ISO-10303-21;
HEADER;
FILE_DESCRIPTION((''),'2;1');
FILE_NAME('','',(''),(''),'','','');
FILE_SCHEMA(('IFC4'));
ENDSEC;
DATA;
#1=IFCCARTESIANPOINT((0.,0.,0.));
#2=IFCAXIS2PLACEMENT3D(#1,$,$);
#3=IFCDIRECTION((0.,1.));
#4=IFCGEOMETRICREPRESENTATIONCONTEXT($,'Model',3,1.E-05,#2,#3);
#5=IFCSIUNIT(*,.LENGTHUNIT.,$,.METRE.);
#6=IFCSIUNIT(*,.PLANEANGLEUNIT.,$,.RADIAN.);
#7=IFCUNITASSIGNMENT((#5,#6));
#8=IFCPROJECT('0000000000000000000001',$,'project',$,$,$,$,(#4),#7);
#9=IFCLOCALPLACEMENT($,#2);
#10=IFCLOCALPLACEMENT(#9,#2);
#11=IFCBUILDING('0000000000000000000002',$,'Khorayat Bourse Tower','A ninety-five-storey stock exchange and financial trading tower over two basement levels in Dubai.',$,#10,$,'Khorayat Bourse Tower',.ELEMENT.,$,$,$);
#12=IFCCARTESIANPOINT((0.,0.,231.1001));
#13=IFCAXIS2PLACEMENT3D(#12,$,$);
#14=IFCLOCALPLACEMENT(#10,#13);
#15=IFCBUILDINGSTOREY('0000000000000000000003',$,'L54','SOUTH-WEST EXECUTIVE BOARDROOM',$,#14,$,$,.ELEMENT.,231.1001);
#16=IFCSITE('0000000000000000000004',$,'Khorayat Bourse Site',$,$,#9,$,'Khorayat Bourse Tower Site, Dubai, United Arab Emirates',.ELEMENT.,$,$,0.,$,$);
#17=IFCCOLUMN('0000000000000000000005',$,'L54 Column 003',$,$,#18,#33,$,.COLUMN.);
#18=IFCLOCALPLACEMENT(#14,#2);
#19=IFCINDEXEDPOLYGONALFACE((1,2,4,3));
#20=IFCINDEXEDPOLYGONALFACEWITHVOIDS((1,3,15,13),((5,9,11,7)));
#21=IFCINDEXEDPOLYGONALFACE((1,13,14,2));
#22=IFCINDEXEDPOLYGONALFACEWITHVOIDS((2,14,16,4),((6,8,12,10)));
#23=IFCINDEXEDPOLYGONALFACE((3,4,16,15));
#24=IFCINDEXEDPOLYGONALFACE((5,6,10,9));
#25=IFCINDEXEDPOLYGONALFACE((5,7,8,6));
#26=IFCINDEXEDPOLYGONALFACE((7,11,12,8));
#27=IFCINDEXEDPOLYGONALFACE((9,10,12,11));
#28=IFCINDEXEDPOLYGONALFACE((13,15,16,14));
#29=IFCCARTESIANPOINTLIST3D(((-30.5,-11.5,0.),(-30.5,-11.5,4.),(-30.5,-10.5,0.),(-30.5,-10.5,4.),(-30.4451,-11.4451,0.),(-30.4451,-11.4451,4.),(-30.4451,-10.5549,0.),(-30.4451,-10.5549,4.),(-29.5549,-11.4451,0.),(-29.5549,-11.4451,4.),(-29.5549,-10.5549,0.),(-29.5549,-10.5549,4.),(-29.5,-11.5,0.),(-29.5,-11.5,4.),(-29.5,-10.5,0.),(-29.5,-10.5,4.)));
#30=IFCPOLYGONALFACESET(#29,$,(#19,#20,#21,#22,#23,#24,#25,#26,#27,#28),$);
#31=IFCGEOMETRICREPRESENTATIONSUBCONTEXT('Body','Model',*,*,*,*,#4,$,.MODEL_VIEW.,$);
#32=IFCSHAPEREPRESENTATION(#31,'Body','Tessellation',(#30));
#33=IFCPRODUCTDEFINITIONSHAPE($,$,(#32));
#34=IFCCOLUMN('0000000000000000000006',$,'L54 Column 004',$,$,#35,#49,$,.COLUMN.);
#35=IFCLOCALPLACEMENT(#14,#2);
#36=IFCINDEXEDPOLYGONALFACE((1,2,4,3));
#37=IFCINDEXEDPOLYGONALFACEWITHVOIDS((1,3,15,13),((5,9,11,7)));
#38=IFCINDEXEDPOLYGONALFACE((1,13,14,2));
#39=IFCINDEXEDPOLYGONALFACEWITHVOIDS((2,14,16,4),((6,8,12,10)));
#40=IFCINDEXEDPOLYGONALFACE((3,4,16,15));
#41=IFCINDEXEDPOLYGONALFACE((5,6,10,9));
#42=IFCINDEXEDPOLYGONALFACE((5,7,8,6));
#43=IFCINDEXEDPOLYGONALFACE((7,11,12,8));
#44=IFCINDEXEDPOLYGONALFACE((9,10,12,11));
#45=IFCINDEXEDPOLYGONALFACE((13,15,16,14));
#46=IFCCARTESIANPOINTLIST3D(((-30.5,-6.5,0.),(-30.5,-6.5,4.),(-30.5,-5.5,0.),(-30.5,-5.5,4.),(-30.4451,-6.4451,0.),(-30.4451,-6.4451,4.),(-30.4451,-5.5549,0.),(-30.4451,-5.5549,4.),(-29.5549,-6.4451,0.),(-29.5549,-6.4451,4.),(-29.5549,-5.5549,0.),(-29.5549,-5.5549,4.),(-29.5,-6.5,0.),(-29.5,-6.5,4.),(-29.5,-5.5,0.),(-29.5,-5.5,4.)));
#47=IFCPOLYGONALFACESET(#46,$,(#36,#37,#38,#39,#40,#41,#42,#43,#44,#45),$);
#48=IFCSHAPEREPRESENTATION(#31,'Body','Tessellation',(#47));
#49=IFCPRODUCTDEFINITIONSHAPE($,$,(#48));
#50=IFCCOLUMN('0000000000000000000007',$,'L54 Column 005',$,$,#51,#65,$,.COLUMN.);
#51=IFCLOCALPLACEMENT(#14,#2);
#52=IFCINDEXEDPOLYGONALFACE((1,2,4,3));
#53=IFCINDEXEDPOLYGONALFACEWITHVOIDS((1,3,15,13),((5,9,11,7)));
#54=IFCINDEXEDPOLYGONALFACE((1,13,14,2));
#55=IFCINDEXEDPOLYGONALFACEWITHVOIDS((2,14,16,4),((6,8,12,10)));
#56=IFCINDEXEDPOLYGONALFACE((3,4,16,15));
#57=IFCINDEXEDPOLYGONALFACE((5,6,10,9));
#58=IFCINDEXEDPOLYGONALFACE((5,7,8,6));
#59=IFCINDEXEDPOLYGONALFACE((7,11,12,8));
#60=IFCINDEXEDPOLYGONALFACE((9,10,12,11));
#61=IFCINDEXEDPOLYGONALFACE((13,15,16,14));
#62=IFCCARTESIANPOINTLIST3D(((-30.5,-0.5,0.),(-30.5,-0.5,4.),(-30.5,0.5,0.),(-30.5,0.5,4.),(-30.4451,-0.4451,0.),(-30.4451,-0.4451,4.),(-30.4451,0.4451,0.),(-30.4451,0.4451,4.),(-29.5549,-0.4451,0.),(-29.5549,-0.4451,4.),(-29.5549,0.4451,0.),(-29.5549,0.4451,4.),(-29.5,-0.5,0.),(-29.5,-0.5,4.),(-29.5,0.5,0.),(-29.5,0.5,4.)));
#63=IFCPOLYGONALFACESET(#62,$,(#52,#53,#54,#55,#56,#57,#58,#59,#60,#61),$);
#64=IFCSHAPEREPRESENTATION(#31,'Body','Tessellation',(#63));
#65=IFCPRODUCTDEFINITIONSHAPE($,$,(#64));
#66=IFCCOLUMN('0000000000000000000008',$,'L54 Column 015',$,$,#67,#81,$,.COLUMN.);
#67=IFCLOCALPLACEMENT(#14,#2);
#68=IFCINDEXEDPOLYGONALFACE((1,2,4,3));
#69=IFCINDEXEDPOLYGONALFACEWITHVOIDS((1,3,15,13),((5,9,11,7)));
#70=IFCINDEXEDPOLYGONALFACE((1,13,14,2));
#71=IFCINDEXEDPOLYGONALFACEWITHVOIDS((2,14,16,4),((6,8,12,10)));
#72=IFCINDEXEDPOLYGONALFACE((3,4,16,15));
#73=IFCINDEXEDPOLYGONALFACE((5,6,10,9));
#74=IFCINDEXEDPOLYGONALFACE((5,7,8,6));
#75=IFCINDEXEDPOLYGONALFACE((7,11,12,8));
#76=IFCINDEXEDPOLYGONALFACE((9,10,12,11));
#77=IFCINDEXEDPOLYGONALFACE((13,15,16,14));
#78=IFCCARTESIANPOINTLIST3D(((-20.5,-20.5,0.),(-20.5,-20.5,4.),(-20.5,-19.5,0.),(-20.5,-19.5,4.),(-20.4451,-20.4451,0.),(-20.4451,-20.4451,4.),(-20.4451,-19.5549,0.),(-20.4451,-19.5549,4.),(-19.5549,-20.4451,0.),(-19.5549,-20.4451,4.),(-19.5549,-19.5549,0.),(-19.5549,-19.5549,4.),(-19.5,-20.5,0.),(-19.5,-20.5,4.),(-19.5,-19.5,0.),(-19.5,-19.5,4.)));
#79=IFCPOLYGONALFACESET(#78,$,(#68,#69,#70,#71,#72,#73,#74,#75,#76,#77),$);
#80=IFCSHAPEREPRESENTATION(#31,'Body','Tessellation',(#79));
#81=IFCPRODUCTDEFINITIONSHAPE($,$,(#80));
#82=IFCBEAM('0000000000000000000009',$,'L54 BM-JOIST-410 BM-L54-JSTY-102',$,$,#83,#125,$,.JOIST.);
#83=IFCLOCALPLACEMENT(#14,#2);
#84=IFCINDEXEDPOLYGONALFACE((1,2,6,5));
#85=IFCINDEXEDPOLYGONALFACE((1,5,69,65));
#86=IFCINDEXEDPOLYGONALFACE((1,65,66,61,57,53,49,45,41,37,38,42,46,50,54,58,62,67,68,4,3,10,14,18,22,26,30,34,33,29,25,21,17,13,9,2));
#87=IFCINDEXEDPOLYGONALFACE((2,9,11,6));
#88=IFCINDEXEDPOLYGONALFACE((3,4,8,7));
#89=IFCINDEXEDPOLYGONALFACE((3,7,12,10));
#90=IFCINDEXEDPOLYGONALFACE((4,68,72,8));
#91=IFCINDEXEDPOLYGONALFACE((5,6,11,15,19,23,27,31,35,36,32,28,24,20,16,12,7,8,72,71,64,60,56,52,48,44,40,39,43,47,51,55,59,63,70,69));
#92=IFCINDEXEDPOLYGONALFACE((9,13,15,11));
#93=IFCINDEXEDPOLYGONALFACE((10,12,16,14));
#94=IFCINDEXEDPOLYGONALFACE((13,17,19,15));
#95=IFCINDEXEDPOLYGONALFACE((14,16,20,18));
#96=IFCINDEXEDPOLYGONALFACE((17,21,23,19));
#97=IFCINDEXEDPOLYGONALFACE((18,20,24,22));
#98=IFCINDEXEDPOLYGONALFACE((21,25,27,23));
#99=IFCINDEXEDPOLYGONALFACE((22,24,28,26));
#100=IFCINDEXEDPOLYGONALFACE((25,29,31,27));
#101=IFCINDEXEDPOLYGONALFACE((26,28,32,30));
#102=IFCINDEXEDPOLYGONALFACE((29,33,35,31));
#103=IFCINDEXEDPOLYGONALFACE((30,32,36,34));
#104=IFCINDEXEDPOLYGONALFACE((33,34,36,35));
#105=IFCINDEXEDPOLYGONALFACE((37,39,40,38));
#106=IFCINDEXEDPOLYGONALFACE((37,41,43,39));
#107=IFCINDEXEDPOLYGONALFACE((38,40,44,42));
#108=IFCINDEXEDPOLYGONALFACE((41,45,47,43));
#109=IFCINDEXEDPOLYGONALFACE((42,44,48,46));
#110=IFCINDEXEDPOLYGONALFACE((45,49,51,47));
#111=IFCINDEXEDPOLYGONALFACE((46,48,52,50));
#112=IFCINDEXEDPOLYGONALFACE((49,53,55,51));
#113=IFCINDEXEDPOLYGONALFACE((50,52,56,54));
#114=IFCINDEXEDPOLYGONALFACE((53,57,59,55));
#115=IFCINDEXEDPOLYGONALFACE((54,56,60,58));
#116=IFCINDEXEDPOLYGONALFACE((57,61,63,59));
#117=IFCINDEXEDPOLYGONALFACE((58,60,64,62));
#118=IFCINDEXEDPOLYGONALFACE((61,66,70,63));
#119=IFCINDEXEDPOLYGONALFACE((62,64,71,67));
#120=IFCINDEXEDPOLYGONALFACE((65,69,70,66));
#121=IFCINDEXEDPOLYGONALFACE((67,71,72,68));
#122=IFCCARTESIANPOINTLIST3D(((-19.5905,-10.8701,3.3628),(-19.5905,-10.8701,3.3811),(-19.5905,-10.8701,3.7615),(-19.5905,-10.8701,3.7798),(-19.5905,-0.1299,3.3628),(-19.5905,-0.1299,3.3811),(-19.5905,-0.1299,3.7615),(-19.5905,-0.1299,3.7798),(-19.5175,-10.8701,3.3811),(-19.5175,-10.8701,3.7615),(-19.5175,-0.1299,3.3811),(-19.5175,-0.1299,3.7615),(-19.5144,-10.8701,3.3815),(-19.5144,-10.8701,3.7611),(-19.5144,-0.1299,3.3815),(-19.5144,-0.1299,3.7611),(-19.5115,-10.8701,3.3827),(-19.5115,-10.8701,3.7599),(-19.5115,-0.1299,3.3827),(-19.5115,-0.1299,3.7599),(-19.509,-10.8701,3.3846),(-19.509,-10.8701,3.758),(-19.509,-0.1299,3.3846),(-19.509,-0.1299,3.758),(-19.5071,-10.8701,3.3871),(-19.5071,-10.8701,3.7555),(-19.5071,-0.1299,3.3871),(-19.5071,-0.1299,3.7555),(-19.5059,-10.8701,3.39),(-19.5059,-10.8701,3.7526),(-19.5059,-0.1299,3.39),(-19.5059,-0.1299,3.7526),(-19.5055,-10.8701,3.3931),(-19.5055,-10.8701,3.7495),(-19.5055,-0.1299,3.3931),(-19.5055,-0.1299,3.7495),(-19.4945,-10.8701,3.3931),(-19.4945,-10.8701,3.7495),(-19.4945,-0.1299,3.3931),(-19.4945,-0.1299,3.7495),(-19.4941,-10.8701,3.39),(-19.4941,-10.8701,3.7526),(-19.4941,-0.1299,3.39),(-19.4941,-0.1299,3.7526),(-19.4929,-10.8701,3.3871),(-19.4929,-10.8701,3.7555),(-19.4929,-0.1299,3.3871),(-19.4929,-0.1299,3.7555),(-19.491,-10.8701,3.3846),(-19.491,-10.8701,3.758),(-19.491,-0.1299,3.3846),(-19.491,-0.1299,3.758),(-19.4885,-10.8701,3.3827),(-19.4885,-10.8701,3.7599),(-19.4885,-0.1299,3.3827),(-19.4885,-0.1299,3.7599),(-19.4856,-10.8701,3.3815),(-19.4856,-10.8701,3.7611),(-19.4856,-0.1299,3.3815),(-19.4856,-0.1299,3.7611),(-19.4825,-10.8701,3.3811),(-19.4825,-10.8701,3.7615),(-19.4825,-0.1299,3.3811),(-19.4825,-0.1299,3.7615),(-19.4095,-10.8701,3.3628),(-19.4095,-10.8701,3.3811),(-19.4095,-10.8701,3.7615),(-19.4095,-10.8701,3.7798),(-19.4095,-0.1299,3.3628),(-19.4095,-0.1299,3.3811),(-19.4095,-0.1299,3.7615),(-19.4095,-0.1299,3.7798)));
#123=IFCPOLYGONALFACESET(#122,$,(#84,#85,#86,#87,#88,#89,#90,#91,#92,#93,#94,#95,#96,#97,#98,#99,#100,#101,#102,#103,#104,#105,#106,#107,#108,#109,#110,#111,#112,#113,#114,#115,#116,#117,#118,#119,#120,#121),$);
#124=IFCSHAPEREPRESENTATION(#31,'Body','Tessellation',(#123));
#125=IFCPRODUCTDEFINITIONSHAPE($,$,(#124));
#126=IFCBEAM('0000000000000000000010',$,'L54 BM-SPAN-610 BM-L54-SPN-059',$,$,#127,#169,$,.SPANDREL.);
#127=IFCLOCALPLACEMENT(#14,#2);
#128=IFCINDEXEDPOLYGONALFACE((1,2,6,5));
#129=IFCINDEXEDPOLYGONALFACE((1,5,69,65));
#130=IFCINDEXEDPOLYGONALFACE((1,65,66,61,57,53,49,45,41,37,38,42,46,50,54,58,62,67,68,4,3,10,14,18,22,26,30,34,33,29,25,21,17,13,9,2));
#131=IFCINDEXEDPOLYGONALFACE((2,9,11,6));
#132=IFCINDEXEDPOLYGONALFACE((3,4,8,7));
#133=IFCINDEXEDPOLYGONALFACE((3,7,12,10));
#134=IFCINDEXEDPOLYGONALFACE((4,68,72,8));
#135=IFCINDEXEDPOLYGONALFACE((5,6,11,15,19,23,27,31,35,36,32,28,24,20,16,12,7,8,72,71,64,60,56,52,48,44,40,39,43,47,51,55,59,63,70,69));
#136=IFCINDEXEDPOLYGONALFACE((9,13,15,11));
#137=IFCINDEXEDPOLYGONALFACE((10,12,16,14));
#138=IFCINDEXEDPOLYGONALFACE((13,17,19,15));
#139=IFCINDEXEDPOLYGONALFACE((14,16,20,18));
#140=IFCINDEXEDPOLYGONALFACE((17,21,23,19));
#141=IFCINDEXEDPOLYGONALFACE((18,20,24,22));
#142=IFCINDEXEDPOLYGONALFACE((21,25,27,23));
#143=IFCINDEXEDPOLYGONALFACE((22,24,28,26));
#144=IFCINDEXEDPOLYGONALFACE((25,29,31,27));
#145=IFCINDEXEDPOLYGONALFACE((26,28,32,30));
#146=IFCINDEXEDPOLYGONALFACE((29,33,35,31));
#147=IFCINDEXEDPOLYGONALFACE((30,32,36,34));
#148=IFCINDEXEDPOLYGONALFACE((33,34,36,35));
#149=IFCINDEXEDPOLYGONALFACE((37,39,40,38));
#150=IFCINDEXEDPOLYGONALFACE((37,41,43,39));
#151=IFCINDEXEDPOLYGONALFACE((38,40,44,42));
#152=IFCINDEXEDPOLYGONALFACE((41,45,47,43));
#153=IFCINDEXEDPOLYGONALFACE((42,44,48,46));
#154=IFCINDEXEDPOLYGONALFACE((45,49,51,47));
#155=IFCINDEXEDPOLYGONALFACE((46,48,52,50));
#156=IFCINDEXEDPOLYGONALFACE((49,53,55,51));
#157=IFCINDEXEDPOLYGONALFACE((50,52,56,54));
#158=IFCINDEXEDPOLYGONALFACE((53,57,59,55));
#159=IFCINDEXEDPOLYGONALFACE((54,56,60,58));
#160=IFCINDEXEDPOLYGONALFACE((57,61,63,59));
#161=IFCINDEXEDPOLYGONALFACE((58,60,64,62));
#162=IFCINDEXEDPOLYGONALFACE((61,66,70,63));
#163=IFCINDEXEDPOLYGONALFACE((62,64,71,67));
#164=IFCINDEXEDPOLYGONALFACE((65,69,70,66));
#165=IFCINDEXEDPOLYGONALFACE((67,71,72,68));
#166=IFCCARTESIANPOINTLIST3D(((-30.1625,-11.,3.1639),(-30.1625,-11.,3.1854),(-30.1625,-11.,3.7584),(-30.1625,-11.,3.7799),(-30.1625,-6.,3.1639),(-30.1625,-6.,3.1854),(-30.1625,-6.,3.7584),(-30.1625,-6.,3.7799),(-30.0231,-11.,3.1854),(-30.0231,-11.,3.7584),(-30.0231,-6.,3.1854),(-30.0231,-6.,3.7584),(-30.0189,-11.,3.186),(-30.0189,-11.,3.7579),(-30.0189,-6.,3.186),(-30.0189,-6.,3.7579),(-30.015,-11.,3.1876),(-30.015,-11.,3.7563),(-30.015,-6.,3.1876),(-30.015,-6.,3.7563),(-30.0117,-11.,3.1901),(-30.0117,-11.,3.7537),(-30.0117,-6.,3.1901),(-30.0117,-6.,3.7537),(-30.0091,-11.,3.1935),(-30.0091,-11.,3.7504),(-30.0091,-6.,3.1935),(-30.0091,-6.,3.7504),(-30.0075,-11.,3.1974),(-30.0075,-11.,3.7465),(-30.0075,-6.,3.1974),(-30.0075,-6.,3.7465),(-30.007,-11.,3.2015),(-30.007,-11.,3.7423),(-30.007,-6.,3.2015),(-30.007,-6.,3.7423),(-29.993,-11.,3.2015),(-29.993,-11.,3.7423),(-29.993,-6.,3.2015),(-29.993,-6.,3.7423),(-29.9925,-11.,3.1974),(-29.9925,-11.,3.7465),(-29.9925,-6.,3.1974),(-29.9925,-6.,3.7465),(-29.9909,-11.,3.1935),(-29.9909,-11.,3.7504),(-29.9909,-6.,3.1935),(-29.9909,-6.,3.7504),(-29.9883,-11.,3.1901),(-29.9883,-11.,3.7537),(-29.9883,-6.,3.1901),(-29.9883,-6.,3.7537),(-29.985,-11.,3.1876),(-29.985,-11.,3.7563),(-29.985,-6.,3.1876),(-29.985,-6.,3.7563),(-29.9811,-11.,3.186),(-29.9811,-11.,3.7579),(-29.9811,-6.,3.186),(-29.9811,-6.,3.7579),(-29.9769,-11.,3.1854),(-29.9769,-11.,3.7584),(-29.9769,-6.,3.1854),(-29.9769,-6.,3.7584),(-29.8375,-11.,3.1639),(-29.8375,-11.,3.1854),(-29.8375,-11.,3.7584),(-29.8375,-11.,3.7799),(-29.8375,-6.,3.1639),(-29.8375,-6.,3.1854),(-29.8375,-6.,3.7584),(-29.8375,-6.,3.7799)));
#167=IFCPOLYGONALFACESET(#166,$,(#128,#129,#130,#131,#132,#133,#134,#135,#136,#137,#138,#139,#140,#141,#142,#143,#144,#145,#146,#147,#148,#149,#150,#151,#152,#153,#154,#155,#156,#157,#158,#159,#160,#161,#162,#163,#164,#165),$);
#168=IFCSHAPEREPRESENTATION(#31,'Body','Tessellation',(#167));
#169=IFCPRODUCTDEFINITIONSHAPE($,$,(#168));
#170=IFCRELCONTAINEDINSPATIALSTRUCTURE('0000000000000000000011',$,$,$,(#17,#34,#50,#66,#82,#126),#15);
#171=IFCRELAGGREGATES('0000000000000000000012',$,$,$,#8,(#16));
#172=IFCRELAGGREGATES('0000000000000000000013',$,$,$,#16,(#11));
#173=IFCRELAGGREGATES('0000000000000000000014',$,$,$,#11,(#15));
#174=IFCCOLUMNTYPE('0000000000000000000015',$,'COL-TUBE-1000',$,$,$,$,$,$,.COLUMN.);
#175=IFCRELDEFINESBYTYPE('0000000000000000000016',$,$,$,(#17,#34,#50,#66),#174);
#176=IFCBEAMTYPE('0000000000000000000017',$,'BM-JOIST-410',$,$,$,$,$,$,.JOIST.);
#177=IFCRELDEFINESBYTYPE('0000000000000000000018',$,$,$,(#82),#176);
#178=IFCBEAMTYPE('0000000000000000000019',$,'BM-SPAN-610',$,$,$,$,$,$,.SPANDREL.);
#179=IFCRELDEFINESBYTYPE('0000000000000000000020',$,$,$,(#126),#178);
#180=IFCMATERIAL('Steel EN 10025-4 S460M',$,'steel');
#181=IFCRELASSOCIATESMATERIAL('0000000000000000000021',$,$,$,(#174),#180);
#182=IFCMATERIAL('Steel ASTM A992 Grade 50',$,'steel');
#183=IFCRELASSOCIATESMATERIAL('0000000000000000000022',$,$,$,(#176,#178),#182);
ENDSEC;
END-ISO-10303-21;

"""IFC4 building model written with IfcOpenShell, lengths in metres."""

from ifc_helpers import new_model, si_unit, direction, frame, origin, origin_2d, place, context, subcontext, project, spatial, hollow_rectangle, i_section, extrude, source, transform, mapped, material, material_profile, profile_set, type_object, element, save


model = new_model("IFC4")

# Units and contexts
model_context = context("Model", 3, precision=1e-05, world=origin(), true_north=direction((0.0, 1.0)))
body_context = subcontext(model_context, "Body", "Model", "MODEL_VIEW")
ifc_project = project(units=[si_unit("LENGTHUNIT", "METRE"), si_unit("PLANEANGLEUNIT", "RADIAN")], contexts=[model_context])

# Site, building, storey
site_placement = place(None, origin())
site = spatial("IfcSite", under=ifc_project, at=site_placement, Name="Khorayat Bourse Site", LongName="Khorayat Bourse Tower Site, Dubai, United Arab Emirates", CompositionType="ELEMENT", RefElevation=0.0)
building_placement = place(site_placement, origin())
building = spatial("IfcBuilding", under=site, at=building_placement, Name="Khorayat Bourse Tower", Description="A ninety-five-storey stock exchange and financial trading tower over two basement levels in Dubai.", LongName="Khorayat Bourse Tower", CompositionType="ELEMENT")
storey_placement = place(building_placement, frame((0.0, 0.0, 231.1001)))
storey = spatial("IfcBuildingStorey", under=building, at=storey_placement, Name="L54", Description="SOUTH-WEST EXECUTIVE BOARDROOM", CompositionType="ELEMENT", Elevation=231.1001)

# Columns
ifc_material_1 = material(Name="Steel EN 10025-4 S460M", Category="steel")
ifc_material_profile_1 = material_profile(ifc_material_1, hollow_rectangle(XDim=1.0, YDim=1.0, WallThickness=0.0549, at=origin_2d()), Name="BOX 1000x1000x55")
ifc_profile_set_1 = profile_set([ifc_material_profile_1], Name="Steel EN 10025-4 S460M")
column_type = type_object("IfcColumnType", Name="COL-TUBE-1000", PredefinedType="COLUMN", material=ifc_profile_set_1)
shared_shape_1 = source(origin(), body_context, "Body", "SweptSolid", [
    extrude(hollow_rectangle(XDim=1.0, YDim=1.0, WallThickness=0.0549, at=origin_2d()), origin(), (0.0, 0.0, 1.0), 4.0),
])
for number, where, z_axis, x_axis, name in (
    (1, (-30.0, -11.0, 0.0), (0.0, 0.0, 1.0), (1.0, 0.0, 0.0), "L54 Column 003"),
    (2, (-30.0, -6.0, 0.0), (0.0, 0.0, 1.0), (1.0, 0.0, 0.0), "L54 Column 004"),
    (3, (-30.0, 0.0, 0.0), (0.0, 0.0, 1.0), (1.0, 0.0, 0.0), "L54 Column 005"),
    (4, (-20.0, -20.0, 0.0), (0.0, 0.0, 1.0), (1.0, 0.0, 0.0), "L54 Column 015"),
):
    element("IfcColumn", number, at=place(storey_placement, frame(where, z_axis=z_axis, x_axis=x_axis)), inside=storey, type_object=column_type, Name=name, PredefinedType="COLUMN", context=body_context, shape_type="MappedRepresentation", body=[
        mapped(shared_shape_1, transform((0.0, 0.0, 0.0), scale=1.0)),
    ])

# Beams
ifc_material_2 = material(Name="Steel ASTM A992 Grade 50", Category="steel")
ifc_material_profile_2 = material_profile(ifc_material_2, i_section(OverallWidth=0.1809, OverallDepth=0.417, WebThickness=0.011, FlangeThickness=0.0183, FilletRadius=0.012, at=origin_2d()), Name="W410X85")
ifc_profile_set_2 = profile_set([ifc_material_profile_2], Name="Steel ASTM A992 Grade 50")
beam_type_1 = type_object("IfcBeamType", Name="BM-JOIST-410", PredefinedType="JOIST", material=ifc_profile_set_2)
shared_shape_2 = source(origin(), body_context, "Body", "SweptSolid", [
    extrude(i_section(OverallWidth=0.1809, OverallDepth=0.417, WebThickness=0.011, FlangeThickness=0.0183, FilletRadius=0.012, at=origin_2d()), origin(), (0.0, 0.0, 1.0), 10.7402),
])
beam_1_placement = place(storey_placement, frame((-19.5, -10.8701, 3.5713), z_axis=(0.0, 1.0, 0.0), x_axis=(-1.0, 0.0, 0.0)))
element("IfcBeam", 5, at=beam_1_placement, inside=storey, type_object=beam_type_1, Name="L54 BM-JOIST-410 BM-L54-JSTY-102", PredefinedType="JOIST", context=body_context, shape_type="MappedRepresentation", body=[
    mapped(shared_shape_2, transform((0.0, 0.0, 0.0), scale=1.0)),
])
ifc_material_profile_3 = material_profile(ifc_material_2, i_section(OverallWidth=0.325, OverallDepth=0.616, WebThickness=0.0139, FlangeThickness=0.0215, FilletRadius=0.0161, at=origin_2d()), Name="W610X174")
ifc_profile_set_3 = profile_set([ifc_material_profile_3], Name="Steel ASTM A992 Grade 50")
beam_type_2 = type_object("IfcBeamType", Name="BM-SPAN-610", PredefinedType="SPANDREL", material=ifc_profile_set_3)
shared_shape_3 = source(origin(), body_context, "Body", "SweptSolid", [
    extrude(i_section(OverallWidth=0.325, OverallDepth=0.616, WebThickness=0.0139, FlangeThickness=0.0215, FilletRadius=0.0161, at=origin_2d()), origin(), (0.0, 0.0, 1.0), 5.0),
])
beam_2_placement = place(storey_placement, frame((-30.0, -11.0, 3.4719), z_axis=(0.0, 1.0, 0.0), x_axis=(-1.0, 0.0, 0.0)))
element("IfcBeam", 6, at=beam_2_placement, inside=storey, type_object=beam_type_2, Name="L54 BM-SPAN-610 BM-L54-SPN-059", PredefinedType="SPANDREL", context=body_context, shape_type="MappedRepresentation", body=[
    mapped(shared_shape_3, transform((0.0, 0.0, 0.0), scale=1.0)),
])

save(model, "model.ifc")
